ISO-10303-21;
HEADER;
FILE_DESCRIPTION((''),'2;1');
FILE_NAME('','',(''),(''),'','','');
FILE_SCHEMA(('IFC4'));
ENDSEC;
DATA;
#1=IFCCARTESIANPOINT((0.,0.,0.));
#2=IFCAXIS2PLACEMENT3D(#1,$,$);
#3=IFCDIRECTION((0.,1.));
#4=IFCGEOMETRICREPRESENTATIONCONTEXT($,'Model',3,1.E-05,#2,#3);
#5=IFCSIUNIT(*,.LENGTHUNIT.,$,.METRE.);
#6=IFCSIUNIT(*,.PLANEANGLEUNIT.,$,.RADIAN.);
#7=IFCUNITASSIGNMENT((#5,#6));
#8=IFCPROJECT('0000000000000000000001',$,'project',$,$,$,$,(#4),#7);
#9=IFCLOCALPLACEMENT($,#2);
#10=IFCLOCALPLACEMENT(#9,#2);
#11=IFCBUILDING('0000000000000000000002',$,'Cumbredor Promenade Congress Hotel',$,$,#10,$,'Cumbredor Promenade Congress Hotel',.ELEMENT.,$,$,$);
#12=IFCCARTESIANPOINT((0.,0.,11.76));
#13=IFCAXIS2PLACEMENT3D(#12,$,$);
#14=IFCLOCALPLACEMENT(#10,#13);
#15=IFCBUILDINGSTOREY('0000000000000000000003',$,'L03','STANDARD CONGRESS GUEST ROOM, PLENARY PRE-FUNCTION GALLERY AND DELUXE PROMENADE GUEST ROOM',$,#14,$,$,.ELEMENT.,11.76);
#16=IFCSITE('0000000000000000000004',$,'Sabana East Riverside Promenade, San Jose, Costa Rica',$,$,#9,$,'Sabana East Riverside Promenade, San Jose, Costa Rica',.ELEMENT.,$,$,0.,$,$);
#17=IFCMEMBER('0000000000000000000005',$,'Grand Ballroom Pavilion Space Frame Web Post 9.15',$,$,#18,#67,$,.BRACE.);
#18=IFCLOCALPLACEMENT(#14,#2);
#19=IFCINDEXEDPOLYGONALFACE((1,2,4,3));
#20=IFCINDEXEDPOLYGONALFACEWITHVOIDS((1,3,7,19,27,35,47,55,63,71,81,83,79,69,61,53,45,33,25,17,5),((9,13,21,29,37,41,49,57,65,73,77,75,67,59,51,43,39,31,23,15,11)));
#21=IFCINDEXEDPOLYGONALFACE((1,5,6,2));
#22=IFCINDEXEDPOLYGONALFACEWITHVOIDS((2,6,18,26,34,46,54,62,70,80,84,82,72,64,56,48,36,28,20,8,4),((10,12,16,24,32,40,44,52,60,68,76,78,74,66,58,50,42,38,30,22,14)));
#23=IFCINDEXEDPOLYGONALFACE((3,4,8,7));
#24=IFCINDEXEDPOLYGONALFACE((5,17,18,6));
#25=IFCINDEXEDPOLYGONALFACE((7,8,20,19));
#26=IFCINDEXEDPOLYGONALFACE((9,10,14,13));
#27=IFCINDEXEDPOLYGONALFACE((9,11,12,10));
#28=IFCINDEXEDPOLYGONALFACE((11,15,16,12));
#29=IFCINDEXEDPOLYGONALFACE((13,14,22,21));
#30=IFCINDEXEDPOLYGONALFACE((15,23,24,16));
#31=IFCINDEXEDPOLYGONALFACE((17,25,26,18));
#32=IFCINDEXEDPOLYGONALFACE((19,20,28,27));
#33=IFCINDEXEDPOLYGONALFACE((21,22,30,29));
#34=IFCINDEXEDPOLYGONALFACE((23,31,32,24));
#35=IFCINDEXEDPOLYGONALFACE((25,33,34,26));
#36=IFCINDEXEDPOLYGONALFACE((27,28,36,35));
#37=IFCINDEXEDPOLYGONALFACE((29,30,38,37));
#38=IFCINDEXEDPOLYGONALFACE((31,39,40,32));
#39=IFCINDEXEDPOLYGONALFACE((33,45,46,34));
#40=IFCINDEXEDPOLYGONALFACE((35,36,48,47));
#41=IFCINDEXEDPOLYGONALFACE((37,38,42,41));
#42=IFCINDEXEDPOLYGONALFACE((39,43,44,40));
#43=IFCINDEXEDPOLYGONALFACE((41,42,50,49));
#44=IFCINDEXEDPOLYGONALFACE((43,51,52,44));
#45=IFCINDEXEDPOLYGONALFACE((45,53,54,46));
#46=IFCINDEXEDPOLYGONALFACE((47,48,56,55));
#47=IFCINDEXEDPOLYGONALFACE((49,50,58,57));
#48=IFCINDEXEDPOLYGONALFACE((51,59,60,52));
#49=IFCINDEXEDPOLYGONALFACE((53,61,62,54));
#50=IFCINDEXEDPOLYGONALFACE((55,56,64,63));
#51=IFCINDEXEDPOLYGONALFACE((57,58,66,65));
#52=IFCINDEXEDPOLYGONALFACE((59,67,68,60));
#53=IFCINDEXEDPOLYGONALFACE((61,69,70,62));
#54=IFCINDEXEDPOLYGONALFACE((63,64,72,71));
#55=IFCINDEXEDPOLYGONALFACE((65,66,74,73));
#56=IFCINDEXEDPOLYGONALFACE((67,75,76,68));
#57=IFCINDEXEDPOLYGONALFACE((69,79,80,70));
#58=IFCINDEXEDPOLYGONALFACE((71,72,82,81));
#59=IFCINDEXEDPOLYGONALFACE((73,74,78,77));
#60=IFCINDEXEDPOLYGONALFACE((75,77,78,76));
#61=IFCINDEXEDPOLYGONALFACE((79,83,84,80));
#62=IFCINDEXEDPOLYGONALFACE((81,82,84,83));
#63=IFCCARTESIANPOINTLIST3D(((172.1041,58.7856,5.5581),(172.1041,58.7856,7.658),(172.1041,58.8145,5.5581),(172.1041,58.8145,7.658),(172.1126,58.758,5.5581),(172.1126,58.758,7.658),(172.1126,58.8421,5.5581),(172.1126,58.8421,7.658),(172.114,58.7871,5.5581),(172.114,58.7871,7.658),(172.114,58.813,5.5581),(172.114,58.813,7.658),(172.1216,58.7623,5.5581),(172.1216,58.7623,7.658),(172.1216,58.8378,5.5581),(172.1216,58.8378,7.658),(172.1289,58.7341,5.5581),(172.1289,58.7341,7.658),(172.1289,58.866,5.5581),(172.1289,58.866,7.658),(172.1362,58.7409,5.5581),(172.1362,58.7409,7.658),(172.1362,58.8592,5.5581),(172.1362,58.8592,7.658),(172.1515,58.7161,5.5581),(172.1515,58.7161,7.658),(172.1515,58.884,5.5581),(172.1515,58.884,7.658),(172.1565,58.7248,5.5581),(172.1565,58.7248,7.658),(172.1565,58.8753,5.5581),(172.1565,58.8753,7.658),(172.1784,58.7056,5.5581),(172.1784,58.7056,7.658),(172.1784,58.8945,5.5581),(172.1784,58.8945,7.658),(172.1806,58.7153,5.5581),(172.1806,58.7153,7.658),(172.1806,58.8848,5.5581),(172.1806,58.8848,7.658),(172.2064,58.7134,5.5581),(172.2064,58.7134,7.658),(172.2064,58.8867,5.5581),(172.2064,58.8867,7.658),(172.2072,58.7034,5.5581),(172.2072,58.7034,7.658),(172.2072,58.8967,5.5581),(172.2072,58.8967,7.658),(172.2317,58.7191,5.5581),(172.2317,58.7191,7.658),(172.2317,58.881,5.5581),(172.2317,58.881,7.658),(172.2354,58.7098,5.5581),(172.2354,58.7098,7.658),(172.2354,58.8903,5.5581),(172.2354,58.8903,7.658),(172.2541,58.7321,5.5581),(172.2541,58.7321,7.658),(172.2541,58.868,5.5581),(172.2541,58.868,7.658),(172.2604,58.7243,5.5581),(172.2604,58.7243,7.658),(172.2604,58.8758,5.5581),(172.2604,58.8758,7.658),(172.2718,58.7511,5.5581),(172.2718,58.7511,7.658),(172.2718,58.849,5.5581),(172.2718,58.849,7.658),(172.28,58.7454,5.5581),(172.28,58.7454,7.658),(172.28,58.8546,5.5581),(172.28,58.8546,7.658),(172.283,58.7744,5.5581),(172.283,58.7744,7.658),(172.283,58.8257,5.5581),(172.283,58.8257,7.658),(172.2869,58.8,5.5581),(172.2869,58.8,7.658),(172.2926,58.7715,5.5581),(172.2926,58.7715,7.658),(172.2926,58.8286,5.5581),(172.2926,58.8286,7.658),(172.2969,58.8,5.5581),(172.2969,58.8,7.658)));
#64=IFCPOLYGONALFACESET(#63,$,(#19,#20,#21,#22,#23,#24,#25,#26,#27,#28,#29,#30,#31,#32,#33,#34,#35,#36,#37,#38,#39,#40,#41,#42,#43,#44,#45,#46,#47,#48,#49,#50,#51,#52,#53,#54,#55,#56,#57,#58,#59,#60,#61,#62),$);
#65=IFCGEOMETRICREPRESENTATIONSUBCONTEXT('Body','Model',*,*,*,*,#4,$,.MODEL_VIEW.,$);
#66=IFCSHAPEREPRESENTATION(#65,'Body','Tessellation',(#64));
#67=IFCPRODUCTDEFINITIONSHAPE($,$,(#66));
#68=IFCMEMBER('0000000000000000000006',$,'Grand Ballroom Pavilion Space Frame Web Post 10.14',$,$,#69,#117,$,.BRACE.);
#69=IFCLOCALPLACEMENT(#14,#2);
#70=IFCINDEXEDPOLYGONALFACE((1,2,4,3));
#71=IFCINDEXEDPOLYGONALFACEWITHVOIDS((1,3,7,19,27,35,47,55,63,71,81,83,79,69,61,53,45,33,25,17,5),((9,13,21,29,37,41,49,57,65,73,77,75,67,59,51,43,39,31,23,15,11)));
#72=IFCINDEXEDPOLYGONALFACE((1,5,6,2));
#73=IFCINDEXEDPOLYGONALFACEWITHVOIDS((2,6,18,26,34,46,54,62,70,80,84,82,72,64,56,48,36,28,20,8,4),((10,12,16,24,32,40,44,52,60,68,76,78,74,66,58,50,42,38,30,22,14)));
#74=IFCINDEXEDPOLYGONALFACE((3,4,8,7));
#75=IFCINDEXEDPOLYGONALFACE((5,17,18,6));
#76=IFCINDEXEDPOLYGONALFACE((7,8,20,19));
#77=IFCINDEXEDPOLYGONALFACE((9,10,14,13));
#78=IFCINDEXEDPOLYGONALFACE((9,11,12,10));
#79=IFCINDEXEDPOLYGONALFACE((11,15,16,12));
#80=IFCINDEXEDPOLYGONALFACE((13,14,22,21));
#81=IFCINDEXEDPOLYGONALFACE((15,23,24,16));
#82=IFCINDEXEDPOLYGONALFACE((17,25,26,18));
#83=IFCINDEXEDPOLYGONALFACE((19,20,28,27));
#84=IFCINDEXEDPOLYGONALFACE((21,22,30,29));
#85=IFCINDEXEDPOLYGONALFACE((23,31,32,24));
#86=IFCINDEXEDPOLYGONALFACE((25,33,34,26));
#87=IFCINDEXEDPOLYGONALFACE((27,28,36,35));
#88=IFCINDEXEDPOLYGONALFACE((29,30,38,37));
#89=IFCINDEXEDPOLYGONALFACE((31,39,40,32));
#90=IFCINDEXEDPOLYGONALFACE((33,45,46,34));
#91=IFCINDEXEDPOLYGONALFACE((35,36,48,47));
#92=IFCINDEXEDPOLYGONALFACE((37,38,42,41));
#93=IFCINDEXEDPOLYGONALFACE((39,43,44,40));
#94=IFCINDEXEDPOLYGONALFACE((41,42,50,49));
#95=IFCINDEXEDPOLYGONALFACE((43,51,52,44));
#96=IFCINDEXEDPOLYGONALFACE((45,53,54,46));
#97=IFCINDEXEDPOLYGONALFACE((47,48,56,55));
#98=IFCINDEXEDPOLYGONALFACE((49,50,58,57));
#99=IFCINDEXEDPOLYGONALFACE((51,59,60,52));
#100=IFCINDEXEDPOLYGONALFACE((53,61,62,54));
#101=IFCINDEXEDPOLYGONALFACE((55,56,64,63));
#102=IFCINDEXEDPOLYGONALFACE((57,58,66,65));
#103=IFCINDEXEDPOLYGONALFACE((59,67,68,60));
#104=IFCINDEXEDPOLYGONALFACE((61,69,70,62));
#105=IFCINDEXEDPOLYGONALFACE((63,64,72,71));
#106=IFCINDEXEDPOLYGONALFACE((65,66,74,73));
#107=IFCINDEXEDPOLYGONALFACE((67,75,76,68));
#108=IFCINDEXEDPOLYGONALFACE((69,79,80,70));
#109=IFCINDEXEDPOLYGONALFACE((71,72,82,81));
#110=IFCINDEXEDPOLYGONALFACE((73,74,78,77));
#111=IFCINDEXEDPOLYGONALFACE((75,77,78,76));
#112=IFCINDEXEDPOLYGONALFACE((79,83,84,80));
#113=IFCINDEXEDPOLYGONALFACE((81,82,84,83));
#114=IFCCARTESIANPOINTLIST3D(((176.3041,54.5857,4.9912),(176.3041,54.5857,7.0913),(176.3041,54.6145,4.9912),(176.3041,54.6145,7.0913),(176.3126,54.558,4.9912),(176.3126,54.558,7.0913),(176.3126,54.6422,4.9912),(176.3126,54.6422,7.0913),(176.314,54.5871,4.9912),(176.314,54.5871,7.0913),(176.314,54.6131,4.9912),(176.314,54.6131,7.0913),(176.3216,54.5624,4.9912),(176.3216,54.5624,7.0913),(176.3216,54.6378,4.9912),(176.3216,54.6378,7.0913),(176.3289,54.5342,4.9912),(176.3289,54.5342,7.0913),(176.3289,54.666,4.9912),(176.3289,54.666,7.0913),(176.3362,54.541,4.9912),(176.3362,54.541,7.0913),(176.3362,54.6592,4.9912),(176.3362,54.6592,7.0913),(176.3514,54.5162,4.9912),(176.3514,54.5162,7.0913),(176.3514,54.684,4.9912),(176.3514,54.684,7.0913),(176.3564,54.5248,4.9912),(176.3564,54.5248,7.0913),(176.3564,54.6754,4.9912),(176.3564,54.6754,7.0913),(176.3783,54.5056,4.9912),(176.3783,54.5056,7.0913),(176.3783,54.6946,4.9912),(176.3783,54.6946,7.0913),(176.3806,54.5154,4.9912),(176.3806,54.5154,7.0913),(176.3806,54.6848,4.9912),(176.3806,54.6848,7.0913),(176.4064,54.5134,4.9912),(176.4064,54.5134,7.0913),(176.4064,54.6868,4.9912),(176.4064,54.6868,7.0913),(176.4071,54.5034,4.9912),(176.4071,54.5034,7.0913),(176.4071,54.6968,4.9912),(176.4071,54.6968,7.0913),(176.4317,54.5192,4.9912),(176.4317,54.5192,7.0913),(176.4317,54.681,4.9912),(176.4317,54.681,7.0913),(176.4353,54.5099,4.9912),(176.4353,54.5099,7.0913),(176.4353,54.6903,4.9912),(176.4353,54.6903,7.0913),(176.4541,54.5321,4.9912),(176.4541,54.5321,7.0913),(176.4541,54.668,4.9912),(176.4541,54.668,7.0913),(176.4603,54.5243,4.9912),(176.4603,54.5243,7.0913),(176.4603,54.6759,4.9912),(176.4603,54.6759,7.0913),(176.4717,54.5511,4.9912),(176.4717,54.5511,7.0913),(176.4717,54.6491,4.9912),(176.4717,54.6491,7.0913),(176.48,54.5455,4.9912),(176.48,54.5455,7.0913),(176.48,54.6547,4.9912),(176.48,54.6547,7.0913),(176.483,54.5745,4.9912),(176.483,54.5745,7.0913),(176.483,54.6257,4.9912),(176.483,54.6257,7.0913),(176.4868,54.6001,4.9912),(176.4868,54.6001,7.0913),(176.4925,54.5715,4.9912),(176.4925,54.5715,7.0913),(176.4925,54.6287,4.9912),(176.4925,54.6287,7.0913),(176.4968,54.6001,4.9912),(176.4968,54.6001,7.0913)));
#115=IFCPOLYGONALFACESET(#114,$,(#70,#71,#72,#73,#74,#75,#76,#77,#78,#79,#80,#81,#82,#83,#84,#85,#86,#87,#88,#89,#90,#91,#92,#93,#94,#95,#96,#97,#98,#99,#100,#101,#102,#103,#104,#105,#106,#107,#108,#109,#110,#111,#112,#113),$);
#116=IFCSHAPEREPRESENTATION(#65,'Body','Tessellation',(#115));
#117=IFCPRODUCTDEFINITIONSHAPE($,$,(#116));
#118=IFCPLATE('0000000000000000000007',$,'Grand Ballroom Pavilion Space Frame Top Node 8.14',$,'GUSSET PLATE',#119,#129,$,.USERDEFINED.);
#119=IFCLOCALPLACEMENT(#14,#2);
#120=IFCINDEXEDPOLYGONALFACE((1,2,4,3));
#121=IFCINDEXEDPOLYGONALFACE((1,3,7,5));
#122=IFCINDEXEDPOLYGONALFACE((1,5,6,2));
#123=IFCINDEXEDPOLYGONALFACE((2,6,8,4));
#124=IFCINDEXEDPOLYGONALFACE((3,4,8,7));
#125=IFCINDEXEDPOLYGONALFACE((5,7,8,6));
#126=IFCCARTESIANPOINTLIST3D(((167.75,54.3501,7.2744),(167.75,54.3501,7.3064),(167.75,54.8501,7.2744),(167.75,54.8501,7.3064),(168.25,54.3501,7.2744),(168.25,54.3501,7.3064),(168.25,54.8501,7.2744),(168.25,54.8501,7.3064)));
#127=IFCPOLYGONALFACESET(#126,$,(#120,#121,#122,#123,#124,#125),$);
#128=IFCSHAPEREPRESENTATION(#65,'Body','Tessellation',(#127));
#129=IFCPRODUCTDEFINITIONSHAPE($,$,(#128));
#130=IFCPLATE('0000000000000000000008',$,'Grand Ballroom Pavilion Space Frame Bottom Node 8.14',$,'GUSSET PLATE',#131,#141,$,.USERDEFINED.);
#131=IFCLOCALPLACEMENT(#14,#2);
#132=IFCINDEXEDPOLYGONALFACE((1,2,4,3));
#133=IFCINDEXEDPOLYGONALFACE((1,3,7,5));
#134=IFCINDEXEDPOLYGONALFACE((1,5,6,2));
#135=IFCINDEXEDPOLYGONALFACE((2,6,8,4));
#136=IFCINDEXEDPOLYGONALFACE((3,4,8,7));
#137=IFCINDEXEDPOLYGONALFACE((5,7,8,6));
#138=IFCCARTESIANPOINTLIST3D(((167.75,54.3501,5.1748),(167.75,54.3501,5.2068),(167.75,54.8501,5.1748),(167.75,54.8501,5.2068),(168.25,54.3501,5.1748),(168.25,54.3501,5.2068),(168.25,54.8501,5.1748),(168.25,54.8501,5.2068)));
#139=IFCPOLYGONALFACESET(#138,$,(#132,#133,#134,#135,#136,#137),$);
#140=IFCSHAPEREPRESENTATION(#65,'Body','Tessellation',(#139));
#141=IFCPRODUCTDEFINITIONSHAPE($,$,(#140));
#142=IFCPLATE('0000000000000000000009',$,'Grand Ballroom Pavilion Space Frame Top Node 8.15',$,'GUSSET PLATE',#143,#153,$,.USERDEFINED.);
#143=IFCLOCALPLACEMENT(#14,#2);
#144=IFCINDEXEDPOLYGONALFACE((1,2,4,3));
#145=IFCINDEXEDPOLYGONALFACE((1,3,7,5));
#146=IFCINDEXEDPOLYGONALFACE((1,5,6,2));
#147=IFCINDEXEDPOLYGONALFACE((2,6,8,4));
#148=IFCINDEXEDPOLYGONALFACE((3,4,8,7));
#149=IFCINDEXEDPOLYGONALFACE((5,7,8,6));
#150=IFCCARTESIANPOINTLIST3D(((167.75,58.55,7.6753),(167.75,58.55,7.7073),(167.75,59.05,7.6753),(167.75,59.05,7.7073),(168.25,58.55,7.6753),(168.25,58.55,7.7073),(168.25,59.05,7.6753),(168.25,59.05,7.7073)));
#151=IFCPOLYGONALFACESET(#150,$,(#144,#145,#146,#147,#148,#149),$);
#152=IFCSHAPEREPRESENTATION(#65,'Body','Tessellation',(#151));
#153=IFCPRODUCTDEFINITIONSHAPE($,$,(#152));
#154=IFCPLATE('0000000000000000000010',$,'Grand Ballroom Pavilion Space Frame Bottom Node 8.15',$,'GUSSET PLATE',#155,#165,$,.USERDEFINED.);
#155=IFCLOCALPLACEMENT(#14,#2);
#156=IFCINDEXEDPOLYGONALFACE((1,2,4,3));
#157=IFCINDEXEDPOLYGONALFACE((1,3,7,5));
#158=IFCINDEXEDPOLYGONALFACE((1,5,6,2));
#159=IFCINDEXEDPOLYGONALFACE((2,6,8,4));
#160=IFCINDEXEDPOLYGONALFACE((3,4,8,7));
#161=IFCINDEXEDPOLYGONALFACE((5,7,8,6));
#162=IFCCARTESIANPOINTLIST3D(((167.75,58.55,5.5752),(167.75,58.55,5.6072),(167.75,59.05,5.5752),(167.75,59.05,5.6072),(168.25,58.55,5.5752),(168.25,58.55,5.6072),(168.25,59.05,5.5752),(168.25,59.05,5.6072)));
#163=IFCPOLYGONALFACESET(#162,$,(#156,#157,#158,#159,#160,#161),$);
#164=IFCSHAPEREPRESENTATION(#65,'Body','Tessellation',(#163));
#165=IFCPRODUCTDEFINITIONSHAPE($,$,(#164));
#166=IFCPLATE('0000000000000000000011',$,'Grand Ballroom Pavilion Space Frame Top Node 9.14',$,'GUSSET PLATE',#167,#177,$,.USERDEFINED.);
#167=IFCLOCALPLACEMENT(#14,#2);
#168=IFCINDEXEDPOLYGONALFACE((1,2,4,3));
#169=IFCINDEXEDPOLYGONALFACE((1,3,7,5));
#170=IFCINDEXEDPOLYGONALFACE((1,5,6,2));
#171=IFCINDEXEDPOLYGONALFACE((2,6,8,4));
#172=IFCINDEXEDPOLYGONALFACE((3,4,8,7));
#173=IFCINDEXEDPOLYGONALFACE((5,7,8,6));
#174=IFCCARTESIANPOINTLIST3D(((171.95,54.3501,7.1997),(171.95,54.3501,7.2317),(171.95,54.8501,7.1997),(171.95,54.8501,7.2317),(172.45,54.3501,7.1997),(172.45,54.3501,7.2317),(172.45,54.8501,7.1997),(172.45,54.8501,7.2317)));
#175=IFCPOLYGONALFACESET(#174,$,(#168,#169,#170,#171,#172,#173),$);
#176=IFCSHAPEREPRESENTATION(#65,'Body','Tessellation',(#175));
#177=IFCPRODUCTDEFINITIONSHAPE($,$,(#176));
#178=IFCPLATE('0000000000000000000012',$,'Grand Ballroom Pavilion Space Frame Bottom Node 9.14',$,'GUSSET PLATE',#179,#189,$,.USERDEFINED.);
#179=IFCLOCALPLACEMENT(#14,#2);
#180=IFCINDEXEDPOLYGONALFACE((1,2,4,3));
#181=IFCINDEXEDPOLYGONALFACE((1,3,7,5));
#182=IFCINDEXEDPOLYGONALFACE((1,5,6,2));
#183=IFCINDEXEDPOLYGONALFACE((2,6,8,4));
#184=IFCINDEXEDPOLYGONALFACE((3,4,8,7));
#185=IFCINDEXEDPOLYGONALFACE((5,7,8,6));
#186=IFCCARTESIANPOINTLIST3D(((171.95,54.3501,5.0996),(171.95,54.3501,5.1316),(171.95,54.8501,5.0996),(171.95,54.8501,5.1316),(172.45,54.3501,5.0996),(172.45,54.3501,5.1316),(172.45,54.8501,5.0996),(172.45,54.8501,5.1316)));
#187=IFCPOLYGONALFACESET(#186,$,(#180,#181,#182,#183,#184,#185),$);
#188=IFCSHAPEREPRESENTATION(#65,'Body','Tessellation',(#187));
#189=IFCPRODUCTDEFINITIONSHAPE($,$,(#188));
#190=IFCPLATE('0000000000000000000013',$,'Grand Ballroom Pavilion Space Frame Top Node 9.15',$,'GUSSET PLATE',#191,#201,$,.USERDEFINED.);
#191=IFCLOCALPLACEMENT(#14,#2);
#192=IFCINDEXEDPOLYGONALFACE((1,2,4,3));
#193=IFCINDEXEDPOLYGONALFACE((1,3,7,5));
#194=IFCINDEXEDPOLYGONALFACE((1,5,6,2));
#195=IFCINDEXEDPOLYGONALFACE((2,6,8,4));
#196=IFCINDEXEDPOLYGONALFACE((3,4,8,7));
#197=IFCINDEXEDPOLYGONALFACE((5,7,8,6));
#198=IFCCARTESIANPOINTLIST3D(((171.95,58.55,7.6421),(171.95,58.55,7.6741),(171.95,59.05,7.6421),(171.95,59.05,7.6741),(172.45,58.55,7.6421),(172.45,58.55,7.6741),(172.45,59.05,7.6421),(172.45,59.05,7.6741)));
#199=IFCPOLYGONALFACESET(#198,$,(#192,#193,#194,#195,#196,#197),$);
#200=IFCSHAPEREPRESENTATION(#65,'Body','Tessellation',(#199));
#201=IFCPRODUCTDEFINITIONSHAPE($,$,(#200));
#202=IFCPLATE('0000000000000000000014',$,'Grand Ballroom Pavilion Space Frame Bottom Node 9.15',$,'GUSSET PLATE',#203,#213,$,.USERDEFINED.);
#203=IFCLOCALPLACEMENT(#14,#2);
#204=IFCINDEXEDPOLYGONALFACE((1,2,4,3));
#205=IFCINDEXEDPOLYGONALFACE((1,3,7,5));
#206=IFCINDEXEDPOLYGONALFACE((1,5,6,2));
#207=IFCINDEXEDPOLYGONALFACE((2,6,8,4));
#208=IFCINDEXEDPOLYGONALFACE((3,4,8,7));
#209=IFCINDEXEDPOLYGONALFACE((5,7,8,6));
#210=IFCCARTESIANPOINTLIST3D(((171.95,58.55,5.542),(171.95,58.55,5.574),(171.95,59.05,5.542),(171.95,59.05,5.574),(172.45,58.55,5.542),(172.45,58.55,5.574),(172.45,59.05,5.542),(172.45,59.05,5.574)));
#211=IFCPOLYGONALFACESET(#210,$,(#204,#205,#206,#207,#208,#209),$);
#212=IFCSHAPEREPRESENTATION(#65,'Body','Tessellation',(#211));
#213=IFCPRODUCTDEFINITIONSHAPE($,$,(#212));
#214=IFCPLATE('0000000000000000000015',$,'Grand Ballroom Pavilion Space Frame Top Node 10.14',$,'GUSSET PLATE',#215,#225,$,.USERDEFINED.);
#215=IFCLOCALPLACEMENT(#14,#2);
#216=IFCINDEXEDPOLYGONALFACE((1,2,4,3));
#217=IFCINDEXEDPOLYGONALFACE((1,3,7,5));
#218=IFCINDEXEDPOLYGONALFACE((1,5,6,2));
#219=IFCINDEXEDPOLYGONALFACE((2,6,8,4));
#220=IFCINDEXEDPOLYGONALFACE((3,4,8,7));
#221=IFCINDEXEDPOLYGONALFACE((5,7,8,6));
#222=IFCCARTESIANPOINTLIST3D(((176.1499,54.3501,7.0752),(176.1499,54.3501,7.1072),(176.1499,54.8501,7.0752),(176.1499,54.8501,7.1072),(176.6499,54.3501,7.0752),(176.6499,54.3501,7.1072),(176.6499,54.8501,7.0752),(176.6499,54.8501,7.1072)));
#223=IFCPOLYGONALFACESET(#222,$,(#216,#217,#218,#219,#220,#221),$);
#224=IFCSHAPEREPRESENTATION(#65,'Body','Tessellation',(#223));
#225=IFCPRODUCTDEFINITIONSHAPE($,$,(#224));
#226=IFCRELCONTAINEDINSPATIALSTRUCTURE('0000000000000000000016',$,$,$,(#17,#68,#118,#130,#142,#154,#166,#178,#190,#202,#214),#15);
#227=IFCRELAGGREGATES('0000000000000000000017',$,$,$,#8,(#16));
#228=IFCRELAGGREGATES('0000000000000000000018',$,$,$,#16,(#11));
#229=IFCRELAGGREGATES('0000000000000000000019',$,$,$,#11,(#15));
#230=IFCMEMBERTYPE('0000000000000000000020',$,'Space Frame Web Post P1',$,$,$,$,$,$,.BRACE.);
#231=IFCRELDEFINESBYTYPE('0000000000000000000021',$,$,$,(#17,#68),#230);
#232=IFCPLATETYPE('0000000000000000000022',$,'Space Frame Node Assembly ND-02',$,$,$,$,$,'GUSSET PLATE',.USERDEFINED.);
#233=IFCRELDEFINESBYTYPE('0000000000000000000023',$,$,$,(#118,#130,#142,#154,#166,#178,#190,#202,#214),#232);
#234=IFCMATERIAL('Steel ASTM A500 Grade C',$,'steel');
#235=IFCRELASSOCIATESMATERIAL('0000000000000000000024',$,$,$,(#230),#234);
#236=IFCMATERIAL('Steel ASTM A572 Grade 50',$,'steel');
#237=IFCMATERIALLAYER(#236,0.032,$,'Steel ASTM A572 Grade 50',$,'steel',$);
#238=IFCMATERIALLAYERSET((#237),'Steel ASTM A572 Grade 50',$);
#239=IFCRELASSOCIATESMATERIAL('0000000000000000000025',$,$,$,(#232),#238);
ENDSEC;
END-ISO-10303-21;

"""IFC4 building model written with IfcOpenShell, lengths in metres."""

from ifc_helpers import new_model, si_unit, direction, frame, origin, origin_2d, place, context, subcontext, project, spatial, rectangle, hollow_circle, extrude, material, layer, layer_set, material_profile, profile_set, type_object, element, save


model = new_model("IFC4")

# Units and contexts
model_context = context("Model", 3, precision=1e-05, world=origin(), true_north=direction((0.0, 1.0)))
body_context = subcontext(model_context, "Body", "Model", "MODEL_VIEW")
ifc_project = project(units=[si_unit("LENGTHUNIT", "METRE"), si_unit("PLANEANGLEUNIT", "RADIAN")], contexts=[model_context])

# Site, building, storey
site_placement = place(None, origin())
site = spatial("IfcSite", under=ifc_project, at=site_placement, Name="Sabana East Riverside Promenade, San Jose, Costa Rica", LongName="Sabana East Riverside Promenade, San Jose, Costa Rica", CompositionType="ELEMENT", RefElevation=0.0)
building_placement = place(site_placement, origin())
building = spatial("IfcBuilding", under=site, at=building_placement, Name="Cumbredor Promenade Congress Hotel", LongName="Cumbredor Promenade Congress Hotel", CompositionType="ELEMENT")
storey_placement = place(building_placement, frame((0.0, 0.0, 11.76)))
storey = spatial("IfcBuildingStorey", under=building, at=storey_placement, Name="L03", Description="STANDARD CONGRESS GUEST ROOM, PLENARY PRE-FUNCTION GALLERY AND DELUXE PROMENADE GUEST ROOM", CompositionType="ELEMENT", Elevation=11.76)

# Members
ifc_material_1 = material(Name="Steel ASTM A500 Grade C", Category="steel")
ifc_material_profile_1 = material_profile(ifc_material_1, hollow_circle(Radius=0.0969, WallThickness=0.01, at=origin_2d()), Name="CHS 193.7x10")
ifc_profile_set_1 = profile_set([ifc_material_profile_1], Name="Steel ASTM A500 Grade C")
member_type_1 = type_object("IfcMemberType", Name="Space Frame Web Post P1", PredefinedType="BRACE", material=ifc_profile_set_1)
member_1_placement = place(storey_placement, frame((172.2, 58.8, 5.5581), z_axis=(0.0, 0.0, 1.0), x_axis=(1.0, 0.0, 0.0)))
element("IfcMember", 1, at=member_1_placement, inside=storey, type_object=member_type_1, Name="Grand Ballroom Pavilion Space Frame Web Post 9.15", PredefinedType="BRACE", context=body_context, shape_type="SweptSolid", body=[
    extrude(hollow_circle(Radius=0.0969, WallThickness=0.01, at=origin_2d()), origin(), (0.0, 0.0, 1.0), 2.0999),
])
member_2_placement = place(storey_placement, frame((176.3999, 54.6001, 4.9912), z_axis=(0.0, 0.0, 1.0), x_axis=(1.0, 0.0, 0.0)))
element("IfcMember", 2, at=member_2_placement, inside=storey, type_object=member_type_1, Name="Grand Ballroom Pavilion Space Frame Web Post 10.14", PredefinedType="BRACE", context=body_context, shape_type="SweptSolid", body=[
    extrude(hollow_circle(Radius=0.0969, WallThickness=0.01, at=origin_2d()), origin(), (0.0, 0.0, 1.0), 2.1001),
])

# Plates
ifc_material_2 = material(Name="Steel ASTM A572 Grade 50", Category="steel")
ifc_layer = layer(ifc_material_2, 0.032, Name="Steel ASTM A572 Grade 50", Category="steel")
ifc_layer_set = layer_set([ifc_layer], Name="Steel ASTM A572 Grade 50")
plate_type = type_object("IfcPlateType", Name="Space Frame Node Assembly ND-02", ElementType="GUSSET PLATE", PredefinedType="USERDEFINED", material=ifc_layer_set)
for number, where, z_axis, x_axis, name in (
    (3, (168.0, 54.6001, 7.2744), (0.0, 0.0, 1.0), (1.0, 0.0, 0.0), "Grand Ballroom Pavilion Space Frame Top Node 8.14"),
    (4, (168.0, 54.6001, 5.1748), (0.0, 0.0, 1.0), (1.0, 0.0, 0.0), "Grand Ballroom Pavilion Space Frame Bottom Node 8.14"),
    (5, (168.0, 58.8, 7.6753), (0.0, 0.0, 1.0), (1.0, 0.0, 0.0), "Grand Ballroom Pavilion Space Frame Top Node 8.15"),
    (6, (168.0, 58.8, 5.5752), (0.0, 0.0, 1.0), (1.0, 0.0, 0.0), "Grand Ballroom Pavilion Space Frame Bottom Node 8.15"),
    (7, (172.2, 54.6001, 7.1997), (0.0, 0.0, 1.0), (1.0, 0.0, 0.0), "Grand Ballroom Pavilion Space Frame Top Node 9.14"),
    (8, (172.2, 54.6001, 5.0996), (0.0, 0.0, 1.0), (1.0, 0.0, 0.0), "Grand Ballroom Pavilion Space Frame Bottom Node 9.14"),
    (9, (172.2, 58.8, 7.6421), (0.0, 0.0, 1.0), (1.0, 0.0, 0.0), "Grand Ballroom Pavilion Space Frame Top Node 9.15"),
    (10, (172.2, 58.8, 5.542), (0.0, 0.0, 1.0), (1.0, 0.0, 0.0), "Grand Ballroom Pavilion Space Frame Bottom Node 9.15"),
    (11, (176.3999, 54.6001, 7.0752), (0.0, 0.0, 1.0), (1.0, 0.0, 0.0), "Grand Ballroom Pavilion Space Frame Top Node 10.14"),
):
    element("IfcPlate", number, at=place(storey_placement, frame(where, z_axis=z_axis, x_axis=x_axis)), inside=storey, type_object=plate_type, Name=name, ObjectType="GUSSET PLATE", PredefinedType="USERDEFINED", context=body_context, shape_type="SweptSolid", body=[
        extrude(rectangle(XDim=0.5, YDim=0.5, at=origin_2d()), origin(), (0.0, 0.0, 1.0), 0.032),
    ])

save(model, "model.ifc")
